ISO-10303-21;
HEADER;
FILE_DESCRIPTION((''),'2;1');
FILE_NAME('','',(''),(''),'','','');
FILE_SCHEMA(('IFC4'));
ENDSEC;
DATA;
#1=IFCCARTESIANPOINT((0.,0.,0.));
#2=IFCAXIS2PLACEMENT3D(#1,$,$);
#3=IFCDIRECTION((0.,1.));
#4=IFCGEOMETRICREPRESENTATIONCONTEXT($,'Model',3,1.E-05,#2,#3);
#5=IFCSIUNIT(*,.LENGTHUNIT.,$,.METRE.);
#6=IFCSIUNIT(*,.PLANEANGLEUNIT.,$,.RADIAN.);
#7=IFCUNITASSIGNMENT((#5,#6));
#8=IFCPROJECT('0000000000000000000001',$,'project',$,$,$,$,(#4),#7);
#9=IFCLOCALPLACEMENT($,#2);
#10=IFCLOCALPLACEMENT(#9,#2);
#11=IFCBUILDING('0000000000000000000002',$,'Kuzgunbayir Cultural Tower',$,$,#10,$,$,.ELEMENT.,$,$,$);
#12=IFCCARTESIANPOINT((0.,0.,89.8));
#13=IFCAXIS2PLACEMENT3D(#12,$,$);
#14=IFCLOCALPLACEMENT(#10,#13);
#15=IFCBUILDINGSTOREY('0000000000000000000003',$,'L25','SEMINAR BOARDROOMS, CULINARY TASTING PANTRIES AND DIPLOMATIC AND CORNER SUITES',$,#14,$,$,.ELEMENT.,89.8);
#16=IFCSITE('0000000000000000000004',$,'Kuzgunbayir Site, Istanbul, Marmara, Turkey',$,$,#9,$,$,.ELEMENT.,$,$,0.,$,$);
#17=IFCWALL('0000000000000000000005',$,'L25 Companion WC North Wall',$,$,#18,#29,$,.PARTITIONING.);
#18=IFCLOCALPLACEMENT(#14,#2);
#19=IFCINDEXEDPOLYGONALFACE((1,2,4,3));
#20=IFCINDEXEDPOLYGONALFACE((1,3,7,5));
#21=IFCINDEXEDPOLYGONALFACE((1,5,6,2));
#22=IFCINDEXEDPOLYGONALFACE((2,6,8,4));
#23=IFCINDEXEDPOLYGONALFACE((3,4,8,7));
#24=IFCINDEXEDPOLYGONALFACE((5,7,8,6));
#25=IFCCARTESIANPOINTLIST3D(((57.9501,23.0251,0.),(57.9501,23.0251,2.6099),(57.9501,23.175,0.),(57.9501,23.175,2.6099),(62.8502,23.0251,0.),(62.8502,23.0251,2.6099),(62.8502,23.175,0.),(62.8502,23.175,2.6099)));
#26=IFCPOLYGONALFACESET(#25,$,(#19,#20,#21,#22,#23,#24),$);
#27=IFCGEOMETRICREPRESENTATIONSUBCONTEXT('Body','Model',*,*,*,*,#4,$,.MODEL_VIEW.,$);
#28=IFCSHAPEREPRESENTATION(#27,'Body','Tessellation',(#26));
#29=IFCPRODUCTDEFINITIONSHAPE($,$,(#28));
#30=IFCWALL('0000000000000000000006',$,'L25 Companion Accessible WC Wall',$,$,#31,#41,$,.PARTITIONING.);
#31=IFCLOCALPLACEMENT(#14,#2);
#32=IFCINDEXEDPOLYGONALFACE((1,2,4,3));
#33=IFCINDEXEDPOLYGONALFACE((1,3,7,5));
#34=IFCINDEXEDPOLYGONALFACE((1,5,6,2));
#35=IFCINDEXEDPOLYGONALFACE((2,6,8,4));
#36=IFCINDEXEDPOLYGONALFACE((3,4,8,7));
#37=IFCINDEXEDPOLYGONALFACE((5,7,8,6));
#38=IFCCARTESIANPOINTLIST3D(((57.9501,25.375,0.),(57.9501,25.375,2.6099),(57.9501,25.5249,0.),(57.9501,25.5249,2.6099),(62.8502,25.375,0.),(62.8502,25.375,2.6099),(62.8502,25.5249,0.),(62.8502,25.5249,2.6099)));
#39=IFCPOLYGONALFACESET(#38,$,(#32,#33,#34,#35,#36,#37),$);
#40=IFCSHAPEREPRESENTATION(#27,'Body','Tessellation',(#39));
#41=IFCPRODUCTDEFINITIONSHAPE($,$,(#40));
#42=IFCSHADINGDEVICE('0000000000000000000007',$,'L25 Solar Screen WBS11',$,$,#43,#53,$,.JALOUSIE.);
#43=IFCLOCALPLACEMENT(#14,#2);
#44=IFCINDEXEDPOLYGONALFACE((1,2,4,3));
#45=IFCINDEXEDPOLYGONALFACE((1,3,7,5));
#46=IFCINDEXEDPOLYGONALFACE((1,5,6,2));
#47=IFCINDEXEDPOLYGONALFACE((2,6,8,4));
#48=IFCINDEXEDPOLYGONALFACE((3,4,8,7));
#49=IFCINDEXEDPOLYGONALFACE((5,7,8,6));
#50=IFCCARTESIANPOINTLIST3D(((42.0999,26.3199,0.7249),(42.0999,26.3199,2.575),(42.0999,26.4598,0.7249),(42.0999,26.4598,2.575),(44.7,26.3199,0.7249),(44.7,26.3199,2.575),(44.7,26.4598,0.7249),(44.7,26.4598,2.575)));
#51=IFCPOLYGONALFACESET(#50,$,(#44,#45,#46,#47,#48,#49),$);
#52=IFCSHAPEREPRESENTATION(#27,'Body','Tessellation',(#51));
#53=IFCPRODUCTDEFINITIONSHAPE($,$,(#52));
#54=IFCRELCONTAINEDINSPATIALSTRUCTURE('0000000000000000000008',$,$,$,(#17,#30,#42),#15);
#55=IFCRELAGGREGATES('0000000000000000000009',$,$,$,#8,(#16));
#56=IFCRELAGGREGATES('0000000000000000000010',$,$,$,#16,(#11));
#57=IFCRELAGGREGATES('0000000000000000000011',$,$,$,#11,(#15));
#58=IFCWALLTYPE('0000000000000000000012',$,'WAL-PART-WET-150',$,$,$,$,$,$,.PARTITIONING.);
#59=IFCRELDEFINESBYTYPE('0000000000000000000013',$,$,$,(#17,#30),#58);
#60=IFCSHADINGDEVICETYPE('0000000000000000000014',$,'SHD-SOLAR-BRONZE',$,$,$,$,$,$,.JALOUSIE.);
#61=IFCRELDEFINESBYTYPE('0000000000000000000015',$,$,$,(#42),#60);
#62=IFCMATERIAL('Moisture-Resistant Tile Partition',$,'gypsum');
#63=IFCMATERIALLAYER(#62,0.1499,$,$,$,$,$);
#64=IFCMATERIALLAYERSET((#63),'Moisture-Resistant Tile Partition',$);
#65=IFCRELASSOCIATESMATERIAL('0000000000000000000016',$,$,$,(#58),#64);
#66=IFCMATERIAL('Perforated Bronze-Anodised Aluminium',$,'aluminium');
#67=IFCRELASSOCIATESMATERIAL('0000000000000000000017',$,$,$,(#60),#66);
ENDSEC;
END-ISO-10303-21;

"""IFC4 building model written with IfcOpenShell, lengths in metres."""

from ifc_helpers import new_model, si_unit, direction, frame, frame_2d, origin, origin_2d, place, context, subcontext, project, spatial, rectangle, extrude, material, layer, layer_set, type_object, element, save


model = new_model("IFC4")

# Units and contexts
model_context = context("Model", 3, precision=1e-05, world=origin(), true_north=direction((0.0, 1.0)))
body_context = subcontext(model_context, "Body", "Model", "MODEL_VIEW")
ifc_project = project(units=[si_unit("LENGTHUNIT", "METRE"), si_unit("PLANEANGLEUNIT", "RADIAN")], contexts=[model_context])

# Site, building, storey
site_placement = place(None, origin())
site = spatial("IfcSite", under=ifc_project, at=site_placement, Name="Kuzgunbayir Site, Istanbul, Marmara, Turkey", CompositionType="ELEMENT", RefElevation=0.0)
building_placement = place(site_placement, origin())
building = spatial("IfcBuilding", under=site, at=building_placement, Name="Kuzgunbayir Cultural Tower", CompositionType="ELEMENT")
storey_placement = place(building_placement, frame((0.0, 0.0, 89.8)))
storey = spatial("IfcBuildingStorey", under=building, at=storey_placement, Name="L25", Description="SEMINAR BOARDROOMS, CULINARY TASTING PANTRIES AND DIPLOMATIC AND CORNER SUITES", CompositionType="ELEMENT", Elevation=89.8)

# Shared definitions
ifc_material_1 = material(Name="Moisture-Resistant Tile Partition", Category="gypsum")
ifc_layer_1 = layer(ifc_material_1, 0.1499)
ifc_layer_set_1 = layer_set([ifc_layer_1], Name="Moisture-Resistant Tile Partition")
wall_type_1 = type_object("IfcWallType", Name="WAL-PART-WET-150", PredefinedType="PARTITIONING", material=ifc_layer_set_1)

# Walls
for number, where, z_axis, x_axis, name in (
    (1, (57.95, 23.1001, 0.0), (0.0, 0.0, 1.0), (1.0, 0.0, 0.0), "L25 Companion WC North Wall"),
    (2, (57.95, 25.45, 0.0), (0.0, 0.0, 1.0), (1.0, 0.0, 0.0), "L25 Companion Accessible WC Wall"),
):
    element("IfcWall", number, at=place(storey_placement, frame(where, z_axis=z_axis, x_axis=x_axis)), inside=storey, type_object=wall_type_1, Name=name, PredefinedType="PARTITIONING", context=body_context, shape_type="SweptSolid", body=[
        extrude(rectangle(XDim=4.9001, YDim=0.1499, at=frame_2d((2.4502, 0.0))), origin(), (0.0, 0.0, 1.0), 2.6099),
    ])

# Shading device
ifc_material_2 = material(Name="Perforated Bronze-Anodised Aluminium", Category="aluminium")
shading_device_type = type_object("IfcShadingDeviceType", Name="SHD-SOLAR-BRONZE", PredefinedType="JALOUSIE", material=ifc_material_2)
shading_device_placement = place(storey_placement, frame((43.3999, 26.3899, 0.7249), z_axis=(0.0, 0.0, 1.0), x_axis=(1.0, 0.0, 0.0)))
element("IfcShadingDevice", 3, at=shading_device_placement, inside=storey, type_object=shading_device_type, Name="L25 Solar Screen WBS11", PredefinedType="JALOUSIE", context=body_context, shape_type="SweptSolid", body=[
    extrude(rectangle(XDim=2.6001, YDim=0.1399, at=origin_2d()), origin(), (0.0, 0.0, 1.0), 1.8501),
])

save(model, "model.ifc")
